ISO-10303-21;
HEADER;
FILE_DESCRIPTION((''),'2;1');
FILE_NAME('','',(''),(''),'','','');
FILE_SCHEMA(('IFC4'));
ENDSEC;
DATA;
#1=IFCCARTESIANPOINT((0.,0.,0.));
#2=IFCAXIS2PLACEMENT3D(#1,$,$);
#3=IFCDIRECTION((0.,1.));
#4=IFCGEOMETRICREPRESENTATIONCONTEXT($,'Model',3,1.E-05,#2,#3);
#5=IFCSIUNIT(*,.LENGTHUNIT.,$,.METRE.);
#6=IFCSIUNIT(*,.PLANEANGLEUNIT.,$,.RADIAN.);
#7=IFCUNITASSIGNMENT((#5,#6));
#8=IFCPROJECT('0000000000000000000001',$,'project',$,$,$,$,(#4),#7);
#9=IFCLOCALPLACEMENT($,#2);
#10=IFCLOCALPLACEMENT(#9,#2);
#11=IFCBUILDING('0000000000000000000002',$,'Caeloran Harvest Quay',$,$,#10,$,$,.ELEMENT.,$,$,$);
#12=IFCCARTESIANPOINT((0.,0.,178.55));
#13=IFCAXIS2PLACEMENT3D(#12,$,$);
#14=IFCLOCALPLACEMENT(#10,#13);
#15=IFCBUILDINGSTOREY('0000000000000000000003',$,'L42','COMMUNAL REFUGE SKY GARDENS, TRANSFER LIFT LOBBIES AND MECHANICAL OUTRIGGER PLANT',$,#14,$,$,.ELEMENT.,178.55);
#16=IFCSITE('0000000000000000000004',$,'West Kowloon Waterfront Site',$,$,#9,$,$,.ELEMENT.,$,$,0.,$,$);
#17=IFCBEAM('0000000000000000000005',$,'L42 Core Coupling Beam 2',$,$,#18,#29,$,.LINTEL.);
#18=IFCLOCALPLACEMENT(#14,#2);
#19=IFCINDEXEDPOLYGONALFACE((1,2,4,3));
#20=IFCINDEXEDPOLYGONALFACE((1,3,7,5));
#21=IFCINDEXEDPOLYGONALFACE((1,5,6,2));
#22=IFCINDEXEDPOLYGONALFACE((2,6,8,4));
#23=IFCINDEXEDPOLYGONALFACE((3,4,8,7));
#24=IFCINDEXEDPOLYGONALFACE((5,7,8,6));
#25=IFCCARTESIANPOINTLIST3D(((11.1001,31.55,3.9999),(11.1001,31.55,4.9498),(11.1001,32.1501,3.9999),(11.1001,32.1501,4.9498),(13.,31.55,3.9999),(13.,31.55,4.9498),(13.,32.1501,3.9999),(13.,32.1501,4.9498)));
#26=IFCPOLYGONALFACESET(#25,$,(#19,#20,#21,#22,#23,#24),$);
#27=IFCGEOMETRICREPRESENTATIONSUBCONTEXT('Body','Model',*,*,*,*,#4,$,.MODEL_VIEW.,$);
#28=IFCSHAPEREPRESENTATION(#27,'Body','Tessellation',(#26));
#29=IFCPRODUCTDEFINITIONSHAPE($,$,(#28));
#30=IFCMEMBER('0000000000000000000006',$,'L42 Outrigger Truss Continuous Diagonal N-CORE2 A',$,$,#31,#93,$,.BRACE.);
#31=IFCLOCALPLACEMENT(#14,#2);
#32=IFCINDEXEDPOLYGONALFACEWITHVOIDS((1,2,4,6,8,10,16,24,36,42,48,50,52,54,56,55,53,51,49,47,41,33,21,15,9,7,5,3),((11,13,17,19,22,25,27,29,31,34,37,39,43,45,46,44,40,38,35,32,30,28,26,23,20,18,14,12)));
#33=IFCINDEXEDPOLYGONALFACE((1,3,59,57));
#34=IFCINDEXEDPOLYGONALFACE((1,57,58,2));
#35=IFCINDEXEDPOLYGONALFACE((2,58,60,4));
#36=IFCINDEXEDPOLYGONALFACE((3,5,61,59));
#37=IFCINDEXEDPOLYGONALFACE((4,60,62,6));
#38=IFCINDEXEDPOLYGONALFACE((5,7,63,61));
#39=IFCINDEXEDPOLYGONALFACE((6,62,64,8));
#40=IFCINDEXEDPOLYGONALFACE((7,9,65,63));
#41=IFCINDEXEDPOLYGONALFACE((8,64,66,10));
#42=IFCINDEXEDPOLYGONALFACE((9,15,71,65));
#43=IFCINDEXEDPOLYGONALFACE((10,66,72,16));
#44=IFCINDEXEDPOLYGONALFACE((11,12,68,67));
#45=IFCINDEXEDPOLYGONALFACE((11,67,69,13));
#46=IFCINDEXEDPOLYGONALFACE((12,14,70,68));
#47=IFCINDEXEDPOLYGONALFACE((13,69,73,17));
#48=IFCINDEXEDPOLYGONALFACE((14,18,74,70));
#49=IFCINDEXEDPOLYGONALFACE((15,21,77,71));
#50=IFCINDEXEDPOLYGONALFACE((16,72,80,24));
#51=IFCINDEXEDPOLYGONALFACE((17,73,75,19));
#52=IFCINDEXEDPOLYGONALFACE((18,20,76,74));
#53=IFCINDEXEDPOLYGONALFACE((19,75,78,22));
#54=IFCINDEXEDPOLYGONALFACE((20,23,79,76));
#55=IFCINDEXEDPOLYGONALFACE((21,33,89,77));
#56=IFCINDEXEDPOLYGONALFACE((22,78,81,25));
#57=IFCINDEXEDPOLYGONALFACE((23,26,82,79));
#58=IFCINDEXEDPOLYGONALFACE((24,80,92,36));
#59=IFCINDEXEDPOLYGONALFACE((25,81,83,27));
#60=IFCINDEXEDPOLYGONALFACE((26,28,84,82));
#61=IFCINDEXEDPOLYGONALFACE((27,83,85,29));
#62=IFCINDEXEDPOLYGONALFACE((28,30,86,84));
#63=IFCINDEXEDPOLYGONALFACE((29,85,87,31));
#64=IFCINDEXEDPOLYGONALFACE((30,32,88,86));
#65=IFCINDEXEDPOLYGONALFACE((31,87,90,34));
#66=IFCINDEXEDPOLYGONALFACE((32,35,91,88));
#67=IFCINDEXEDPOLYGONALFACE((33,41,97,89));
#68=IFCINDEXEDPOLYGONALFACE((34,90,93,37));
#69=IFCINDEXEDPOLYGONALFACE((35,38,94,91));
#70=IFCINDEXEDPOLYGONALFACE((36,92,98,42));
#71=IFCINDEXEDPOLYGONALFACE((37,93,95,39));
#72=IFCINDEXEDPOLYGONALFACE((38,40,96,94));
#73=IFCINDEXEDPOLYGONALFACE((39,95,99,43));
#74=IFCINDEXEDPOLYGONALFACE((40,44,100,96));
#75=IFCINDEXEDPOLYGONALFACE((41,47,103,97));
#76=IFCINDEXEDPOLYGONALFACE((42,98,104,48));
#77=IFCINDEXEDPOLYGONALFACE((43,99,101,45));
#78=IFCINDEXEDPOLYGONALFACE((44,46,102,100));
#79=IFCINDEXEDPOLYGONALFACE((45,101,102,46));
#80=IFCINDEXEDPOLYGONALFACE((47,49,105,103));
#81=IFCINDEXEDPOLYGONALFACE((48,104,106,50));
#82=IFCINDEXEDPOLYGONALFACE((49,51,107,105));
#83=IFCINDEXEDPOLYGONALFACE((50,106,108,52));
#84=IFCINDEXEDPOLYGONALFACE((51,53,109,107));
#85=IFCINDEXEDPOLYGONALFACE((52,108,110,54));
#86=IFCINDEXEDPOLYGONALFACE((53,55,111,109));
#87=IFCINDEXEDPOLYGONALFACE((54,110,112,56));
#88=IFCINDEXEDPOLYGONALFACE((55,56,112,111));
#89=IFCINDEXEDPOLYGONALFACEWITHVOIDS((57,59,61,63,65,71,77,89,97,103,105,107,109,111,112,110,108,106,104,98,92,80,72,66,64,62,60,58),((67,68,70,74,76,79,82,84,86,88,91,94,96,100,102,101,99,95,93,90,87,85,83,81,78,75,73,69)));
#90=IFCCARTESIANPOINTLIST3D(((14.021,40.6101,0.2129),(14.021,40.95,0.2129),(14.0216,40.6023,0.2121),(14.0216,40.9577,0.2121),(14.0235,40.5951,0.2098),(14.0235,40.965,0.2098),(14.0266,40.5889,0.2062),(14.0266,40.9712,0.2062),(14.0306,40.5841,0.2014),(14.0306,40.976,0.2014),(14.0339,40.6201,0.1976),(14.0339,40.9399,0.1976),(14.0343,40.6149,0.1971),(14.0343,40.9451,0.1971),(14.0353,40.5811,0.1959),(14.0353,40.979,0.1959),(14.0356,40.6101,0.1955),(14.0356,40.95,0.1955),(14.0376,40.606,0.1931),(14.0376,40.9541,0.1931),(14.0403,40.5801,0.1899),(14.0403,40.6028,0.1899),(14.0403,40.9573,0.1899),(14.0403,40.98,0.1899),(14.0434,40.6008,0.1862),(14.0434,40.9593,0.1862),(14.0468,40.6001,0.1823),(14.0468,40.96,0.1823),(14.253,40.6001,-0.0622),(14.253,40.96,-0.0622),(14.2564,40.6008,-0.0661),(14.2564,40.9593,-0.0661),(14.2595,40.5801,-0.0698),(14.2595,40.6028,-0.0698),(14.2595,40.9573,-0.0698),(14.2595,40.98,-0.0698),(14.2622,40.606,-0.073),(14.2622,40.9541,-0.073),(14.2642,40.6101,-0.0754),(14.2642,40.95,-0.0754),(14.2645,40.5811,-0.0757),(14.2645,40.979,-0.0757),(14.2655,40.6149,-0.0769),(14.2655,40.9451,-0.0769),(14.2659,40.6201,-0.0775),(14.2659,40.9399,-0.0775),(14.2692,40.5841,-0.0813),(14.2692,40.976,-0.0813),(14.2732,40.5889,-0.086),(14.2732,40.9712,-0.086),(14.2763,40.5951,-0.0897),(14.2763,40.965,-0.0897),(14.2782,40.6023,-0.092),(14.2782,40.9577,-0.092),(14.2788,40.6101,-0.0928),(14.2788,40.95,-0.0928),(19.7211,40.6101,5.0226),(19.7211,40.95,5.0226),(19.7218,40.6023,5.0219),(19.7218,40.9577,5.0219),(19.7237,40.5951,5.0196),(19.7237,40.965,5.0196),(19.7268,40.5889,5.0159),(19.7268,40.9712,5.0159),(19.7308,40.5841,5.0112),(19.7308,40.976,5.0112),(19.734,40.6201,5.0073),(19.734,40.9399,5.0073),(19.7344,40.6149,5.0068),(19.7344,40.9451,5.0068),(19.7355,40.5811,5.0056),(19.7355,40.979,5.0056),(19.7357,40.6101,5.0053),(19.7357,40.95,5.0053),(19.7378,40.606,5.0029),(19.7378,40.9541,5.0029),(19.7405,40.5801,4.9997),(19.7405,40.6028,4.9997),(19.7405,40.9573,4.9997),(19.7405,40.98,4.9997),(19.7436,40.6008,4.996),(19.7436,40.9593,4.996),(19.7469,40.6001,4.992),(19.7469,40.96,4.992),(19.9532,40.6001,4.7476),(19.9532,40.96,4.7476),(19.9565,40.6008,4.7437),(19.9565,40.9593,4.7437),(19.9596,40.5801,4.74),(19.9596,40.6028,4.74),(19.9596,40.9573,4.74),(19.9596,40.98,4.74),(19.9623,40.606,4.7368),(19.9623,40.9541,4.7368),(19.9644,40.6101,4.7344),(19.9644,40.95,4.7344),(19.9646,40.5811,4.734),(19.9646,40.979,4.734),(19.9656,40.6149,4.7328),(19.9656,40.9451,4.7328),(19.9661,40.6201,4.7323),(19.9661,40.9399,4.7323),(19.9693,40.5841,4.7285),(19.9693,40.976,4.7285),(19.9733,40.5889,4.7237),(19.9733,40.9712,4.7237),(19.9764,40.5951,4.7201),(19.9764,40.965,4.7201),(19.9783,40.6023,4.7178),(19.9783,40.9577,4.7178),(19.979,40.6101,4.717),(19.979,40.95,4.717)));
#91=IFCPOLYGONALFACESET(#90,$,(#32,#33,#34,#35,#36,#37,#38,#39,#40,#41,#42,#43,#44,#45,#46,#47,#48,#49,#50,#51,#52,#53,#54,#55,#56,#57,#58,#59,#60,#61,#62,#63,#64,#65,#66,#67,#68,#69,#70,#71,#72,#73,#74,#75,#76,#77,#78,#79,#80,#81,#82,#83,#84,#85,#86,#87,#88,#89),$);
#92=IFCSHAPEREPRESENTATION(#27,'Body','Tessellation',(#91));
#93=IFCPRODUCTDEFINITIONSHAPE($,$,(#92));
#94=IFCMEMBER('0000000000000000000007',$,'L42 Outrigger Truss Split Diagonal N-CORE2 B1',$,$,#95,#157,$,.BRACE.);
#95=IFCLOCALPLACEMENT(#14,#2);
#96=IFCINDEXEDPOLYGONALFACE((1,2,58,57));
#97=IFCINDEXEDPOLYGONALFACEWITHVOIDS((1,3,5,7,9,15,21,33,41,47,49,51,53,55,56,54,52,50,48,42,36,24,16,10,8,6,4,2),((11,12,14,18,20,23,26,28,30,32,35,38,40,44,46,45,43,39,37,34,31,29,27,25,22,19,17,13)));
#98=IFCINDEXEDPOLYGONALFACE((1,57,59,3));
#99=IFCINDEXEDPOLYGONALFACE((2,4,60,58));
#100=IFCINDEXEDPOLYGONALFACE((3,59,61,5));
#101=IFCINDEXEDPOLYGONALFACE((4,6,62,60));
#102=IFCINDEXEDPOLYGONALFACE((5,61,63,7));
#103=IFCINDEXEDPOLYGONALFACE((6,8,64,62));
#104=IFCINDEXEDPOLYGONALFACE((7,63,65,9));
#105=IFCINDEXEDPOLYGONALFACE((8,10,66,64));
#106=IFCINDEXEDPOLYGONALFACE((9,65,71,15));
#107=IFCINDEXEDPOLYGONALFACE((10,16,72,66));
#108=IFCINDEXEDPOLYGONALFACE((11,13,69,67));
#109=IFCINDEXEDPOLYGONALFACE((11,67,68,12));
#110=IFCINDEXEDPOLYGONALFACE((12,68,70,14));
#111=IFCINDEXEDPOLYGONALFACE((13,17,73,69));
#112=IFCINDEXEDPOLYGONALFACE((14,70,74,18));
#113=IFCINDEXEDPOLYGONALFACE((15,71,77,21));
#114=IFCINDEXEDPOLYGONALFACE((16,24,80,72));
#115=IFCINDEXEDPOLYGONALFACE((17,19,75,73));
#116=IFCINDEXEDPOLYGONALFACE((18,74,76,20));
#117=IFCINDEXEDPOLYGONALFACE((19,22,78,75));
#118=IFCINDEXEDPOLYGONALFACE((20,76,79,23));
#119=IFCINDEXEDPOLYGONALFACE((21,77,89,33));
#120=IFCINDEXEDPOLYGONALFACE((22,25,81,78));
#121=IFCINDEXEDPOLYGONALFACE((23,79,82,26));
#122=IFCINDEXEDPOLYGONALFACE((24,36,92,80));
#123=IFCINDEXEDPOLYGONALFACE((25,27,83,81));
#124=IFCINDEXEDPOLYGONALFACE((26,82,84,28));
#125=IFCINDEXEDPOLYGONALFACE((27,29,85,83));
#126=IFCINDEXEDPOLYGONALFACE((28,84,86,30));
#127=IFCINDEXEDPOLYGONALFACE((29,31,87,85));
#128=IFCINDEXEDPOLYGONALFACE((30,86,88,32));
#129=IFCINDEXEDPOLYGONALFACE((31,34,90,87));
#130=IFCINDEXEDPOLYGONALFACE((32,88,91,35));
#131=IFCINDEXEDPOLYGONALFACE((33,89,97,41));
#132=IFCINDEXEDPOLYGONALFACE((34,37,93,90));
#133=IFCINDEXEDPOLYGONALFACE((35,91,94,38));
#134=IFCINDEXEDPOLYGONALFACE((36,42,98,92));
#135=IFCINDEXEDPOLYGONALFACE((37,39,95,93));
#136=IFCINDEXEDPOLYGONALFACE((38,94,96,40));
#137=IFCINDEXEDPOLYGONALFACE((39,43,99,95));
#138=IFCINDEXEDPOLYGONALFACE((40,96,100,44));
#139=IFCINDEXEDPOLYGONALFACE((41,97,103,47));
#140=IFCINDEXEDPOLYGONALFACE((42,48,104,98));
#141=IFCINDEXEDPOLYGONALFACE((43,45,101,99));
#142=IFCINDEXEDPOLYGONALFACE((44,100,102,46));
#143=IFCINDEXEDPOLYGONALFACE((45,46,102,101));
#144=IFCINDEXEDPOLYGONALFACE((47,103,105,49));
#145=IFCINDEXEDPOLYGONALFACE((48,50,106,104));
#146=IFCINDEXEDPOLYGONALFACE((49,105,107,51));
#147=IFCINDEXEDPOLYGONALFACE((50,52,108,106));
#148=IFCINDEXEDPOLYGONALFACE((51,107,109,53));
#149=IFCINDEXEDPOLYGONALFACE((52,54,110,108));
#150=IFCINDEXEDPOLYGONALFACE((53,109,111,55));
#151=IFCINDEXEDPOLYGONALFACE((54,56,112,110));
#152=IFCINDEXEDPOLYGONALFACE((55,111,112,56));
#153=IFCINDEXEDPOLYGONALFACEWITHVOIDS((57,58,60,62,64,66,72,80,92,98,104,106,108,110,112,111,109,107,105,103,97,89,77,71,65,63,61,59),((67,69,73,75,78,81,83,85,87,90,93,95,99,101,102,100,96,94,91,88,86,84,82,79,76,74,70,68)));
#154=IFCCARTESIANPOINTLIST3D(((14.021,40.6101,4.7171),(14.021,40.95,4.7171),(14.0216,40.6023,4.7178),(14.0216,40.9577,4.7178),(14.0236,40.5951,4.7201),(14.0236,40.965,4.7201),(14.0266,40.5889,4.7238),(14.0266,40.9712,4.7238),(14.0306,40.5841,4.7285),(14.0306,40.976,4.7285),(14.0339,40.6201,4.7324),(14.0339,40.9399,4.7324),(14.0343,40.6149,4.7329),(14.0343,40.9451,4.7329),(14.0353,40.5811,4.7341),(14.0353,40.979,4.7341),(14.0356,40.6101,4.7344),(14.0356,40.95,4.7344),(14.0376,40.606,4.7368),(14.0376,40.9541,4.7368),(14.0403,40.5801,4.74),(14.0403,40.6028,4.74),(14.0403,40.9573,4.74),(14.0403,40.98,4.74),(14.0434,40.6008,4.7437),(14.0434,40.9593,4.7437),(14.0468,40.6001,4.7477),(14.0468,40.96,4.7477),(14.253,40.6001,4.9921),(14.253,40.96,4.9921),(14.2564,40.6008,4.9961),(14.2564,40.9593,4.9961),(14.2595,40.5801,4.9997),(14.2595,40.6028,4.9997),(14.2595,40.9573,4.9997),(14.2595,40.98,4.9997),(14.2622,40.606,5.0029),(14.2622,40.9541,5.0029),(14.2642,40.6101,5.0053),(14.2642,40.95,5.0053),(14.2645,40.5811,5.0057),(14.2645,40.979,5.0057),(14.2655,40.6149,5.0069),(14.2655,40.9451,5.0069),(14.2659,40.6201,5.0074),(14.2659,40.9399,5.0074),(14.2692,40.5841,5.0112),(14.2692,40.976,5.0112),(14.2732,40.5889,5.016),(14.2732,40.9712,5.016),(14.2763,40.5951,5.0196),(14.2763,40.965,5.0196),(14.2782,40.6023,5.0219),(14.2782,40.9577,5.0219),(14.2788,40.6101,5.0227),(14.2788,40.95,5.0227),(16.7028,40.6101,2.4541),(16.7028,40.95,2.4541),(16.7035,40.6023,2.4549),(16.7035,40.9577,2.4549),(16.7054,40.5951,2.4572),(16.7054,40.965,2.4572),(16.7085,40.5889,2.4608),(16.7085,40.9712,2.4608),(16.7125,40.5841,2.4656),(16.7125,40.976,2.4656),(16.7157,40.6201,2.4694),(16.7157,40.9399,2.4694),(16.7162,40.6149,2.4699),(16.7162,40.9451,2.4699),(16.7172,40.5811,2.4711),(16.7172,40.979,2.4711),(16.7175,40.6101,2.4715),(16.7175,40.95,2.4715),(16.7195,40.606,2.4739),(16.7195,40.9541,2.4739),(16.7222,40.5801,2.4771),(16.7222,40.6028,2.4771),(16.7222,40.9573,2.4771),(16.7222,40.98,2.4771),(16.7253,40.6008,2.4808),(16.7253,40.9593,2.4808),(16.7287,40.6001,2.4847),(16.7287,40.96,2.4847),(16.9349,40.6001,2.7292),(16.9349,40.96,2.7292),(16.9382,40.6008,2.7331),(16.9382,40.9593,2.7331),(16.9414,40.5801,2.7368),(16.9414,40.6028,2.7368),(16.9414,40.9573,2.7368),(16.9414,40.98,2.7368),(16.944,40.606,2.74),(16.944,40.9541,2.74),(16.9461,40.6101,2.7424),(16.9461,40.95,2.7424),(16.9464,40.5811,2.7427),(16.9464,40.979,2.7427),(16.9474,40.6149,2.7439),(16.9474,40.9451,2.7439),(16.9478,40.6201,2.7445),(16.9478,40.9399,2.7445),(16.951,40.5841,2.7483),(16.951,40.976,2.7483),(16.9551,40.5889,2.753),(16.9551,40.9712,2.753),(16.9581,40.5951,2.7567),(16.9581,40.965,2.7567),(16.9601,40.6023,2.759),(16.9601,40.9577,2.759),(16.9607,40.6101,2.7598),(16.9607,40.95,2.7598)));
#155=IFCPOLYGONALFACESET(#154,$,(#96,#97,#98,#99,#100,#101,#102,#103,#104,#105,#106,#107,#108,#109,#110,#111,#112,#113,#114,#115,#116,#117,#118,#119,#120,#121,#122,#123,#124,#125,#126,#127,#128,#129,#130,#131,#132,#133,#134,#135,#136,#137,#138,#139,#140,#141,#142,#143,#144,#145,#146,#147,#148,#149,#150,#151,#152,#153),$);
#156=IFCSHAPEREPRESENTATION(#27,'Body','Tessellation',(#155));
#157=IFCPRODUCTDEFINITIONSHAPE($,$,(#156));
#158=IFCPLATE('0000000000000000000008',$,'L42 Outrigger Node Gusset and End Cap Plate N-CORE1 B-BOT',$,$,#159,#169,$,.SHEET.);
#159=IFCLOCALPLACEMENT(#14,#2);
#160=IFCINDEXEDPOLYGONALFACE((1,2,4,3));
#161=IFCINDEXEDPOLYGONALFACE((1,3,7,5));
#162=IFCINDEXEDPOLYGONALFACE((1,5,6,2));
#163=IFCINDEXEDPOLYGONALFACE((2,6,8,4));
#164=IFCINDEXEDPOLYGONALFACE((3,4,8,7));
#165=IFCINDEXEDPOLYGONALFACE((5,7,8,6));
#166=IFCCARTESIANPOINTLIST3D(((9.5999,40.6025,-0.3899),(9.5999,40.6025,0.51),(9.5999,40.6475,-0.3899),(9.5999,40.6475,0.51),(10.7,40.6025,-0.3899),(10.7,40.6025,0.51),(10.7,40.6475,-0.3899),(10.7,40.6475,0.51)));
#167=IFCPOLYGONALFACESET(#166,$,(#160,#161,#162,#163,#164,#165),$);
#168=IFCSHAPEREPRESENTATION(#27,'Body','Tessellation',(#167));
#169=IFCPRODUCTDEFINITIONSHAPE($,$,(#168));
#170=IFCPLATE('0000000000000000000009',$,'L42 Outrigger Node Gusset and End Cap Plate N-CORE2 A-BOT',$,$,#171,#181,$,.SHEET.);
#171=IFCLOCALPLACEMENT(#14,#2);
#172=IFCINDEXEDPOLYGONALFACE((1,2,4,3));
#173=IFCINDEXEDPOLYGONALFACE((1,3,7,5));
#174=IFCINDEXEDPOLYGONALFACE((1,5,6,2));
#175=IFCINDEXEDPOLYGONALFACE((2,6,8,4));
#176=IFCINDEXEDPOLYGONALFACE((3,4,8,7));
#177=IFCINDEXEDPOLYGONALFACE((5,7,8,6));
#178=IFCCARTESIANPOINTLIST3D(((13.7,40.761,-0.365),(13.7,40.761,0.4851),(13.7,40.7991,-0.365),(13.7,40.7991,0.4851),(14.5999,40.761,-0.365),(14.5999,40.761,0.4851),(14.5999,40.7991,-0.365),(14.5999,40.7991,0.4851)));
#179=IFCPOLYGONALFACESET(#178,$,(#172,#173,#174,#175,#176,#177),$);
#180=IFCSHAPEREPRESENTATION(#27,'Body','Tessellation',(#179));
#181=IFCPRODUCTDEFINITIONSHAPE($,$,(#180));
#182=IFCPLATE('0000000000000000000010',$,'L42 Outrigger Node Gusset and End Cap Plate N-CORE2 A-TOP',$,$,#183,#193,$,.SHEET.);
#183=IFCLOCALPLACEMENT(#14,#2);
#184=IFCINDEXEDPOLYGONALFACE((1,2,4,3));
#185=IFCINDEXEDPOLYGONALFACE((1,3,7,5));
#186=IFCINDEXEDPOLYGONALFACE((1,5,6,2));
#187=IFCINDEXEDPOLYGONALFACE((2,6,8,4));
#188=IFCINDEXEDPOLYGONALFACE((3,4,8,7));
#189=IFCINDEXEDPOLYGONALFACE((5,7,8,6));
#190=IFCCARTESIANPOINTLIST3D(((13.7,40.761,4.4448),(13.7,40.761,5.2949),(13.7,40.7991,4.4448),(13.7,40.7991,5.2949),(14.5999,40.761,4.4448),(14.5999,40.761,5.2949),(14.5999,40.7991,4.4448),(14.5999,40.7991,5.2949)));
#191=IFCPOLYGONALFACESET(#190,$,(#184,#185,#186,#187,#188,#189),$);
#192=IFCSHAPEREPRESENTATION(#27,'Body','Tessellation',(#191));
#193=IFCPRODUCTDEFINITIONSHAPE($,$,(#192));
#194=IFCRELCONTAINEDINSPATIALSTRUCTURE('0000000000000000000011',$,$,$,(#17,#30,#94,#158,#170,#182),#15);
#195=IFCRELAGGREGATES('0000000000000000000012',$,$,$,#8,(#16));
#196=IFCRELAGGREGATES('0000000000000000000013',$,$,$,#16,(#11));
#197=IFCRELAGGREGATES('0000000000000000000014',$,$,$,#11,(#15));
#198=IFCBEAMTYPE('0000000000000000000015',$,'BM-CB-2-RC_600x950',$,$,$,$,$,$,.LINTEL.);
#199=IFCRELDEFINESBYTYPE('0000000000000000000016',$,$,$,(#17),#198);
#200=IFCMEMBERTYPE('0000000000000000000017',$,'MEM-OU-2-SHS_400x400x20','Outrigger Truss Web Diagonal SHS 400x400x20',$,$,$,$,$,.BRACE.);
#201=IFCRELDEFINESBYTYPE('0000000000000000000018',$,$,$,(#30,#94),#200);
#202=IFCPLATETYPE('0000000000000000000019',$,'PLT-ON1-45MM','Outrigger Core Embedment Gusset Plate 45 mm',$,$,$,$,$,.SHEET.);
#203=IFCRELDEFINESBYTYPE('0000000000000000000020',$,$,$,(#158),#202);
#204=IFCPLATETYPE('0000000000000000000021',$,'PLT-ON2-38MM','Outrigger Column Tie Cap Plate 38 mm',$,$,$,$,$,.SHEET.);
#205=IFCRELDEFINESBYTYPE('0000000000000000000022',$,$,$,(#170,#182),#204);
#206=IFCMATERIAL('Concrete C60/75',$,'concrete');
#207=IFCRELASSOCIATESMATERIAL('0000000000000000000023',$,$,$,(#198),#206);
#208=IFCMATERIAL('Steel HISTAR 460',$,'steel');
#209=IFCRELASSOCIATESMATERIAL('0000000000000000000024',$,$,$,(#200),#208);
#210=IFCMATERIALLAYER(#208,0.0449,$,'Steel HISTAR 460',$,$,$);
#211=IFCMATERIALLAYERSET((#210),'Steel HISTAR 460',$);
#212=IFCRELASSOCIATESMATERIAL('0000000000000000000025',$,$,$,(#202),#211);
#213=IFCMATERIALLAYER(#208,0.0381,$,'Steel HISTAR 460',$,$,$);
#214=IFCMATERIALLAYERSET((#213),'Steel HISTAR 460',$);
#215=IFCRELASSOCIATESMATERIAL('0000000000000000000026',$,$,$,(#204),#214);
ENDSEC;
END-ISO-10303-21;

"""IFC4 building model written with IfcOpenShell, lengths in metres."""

from ifc_helpers import new_model, si_unit, direction, frame, origin, origin_2d, place, context, subcontext, project, spatial, rectangle, hollow_rectangle, extrude, material, layer, layer_set, material_profile, profile_set, type_object, element, save


model = new_model("IFC4")

# Units and contexts
model_context = context("Model", 3, precision=1e-05, world=origin(), true_north=direction((0.0, 1.0)))
body_context = subcontext(model_context, "Body", "Model", "MODEL_VIEW")
ifc_project = project(units=[si_unit("LENGTHUNIT", "METRE"), si_unit("PLANEANGLEUNIT", "RADIAN")], contexts=[model_context])

# Site, building, storey
site_placement = place(None, origin())
site = spatial("IfcSite", under=ifc_project, at=site_placement, Name="West Kowloon Waterfront Site", CompositionType="ELEMENT", RefElevation=0.0)
building_placement = place(site_placement, origin())
building = spatial("IfcBuilding", under=site, at=building_placement, Name="Caeloran Harvest Quay", CompositionType="ELEMENT")
storey_placement = place(building_placement, frame((0.0, 0.0, 178.55)))
storey = spatial("IfcBuildingStorey", under=building, at=storey_placement, Name="L42", Description="COMMUNAL REFUGE SKY GARDENS, TRANSFER LIFT LOBBIES AND MECHANICAL OUTRIGGER PLANT", CompositionType="ELEMENT", Elevation=178.55)

# Beam
ifc_material_1 = material(Name="Concrete C60/75", Category="concrete")
ifc_material_profile_1 = material_profile(ifc_material_1, rectangle(XDim=0.6001, YDim=0.95, at=origin_2d()), Name="RC 600x950")
ifc_profile_set_1 = profile_set([ifc_material_profile_1], Name="Concrete C60/75")
beam_type = type_object("IfcBeamType", Name="BM-CB-2-RC_600x950", PredefinedType="LINTEL", material=ifc_profile_set_1)
beam_placement = place(storey_placement, frame((11.1001, 31.8501, 4.4749), z_axis=(1.0, 0.0, 0.0), x_axis=(0.0, 1.0, 0.0)))
element("IfcBeam", 1, at=beam_placement, inside=storey, type_object=beam_type, Name="L42 Core Coupling Beam 2", PredefinedType="LINTEL", context=body_context, shape_type="SweptSolid", body=[
    extrude(rectangle(XDim=0.6001, YDim=0.95, at=origin_2d()), origin(), (0.0, 0.0, 1.0), 1.8999),
])

# Members
ifc_material_2 = material(Name="Steel HISTAR 460", Category="steel")
ifc_material_profile_2 = material_profile(ifc_material_2, hollow_rectangle(XDim=0.3999, YDim=0.3999, WallThickness=0.02, InnerFilletRadius=0.02, OuterFilletRadius=0.03, at=origin_2d()), Name="SHS 400x400x20")
ifc_profile_set_2 = profile_set([ifc_material_profile_2], Name="Steel HISTAR 460")
member_type = type_object("IfcMemberType", Name="MEM-OU-2-SHS_400x400x20", Description="Outrigger Truss Web Diagonal SHS 400x400x20", PredefinedType="BRACE", material=ifc_profile_set_2)
member_1_placement = place(storey_placement, frame((14.1499, 40.78, 0.0601), z_axis=(0.764273, 0.0, 0.644892), x_axis=(0.0, 1.0, 0.0)))
element("IfcMember", 2, at=member_1_placement, inside=storey, type_object=member_type, Name="L42 Outrigger Truss Continuous Diagonal N-CORE2 A", PredefinedType="BRACE", context=body_context, shape_type="SweptSolid", body=[
    extrude(hollow_rectangle(XDim=0.3999, YDim=0.3999, WallThickness=0.02, InnerFilletRadius=0.02, OuterFilletRadius=0.03, at=origin_2d()), origin(), (0.0, 0.0, 1.0), 7.4583),
])
member_2_placement = place(storey_placement, frame((14.1499, 40.78, 4.8699), z_axis=(0.764278, 0.0, -0.644887), x_axis=(0.0, 1.0, 0.0)))
element("IfcMember", 3, at=member_2_placement, inside=storey, type_object=member_type, Name="L42 Outrigger Truss Split Diagonal N-CORE2 B1", PredefinedType="BRACE", context=body_context, shape_type="SweptSolid", body=[
    extrude(hollow_rectangle(XDim=0.3999, YDim=0.3999, WallThickness=0.02, InnerFilletRadius=0.02, OuterFilletRadius=0.03, at=origin_2d()), origin(), (0.0, 0.0, 1.0), 3.509),
])

# Plates
ifc_layer_1 = layer(ifc_material_2, 0.0449, Name="Steel HISTAR 460")
ifc_layer_set_1 = layer_set([ifc_layer_1], Name="Steel HISTAR 460")
plate_type_1 = type_object("IfcPlateType", Name="PLT-ON1-45MM", Description="Outrigger Core Embedment Gusset Plate 45 mm", PredefinedType="SHEET", material=ifc_layer_set_1)
plate_placement = place(storey_placement, frame((10.1499, 40.625, -0.3899), z_axis=(0.0, 0.0, 1.0), x_axis=(1.0, 0.0, 0.0)))
element("IfcPlate", 4, at=plate_placement, inside=storey, type_object=plate_type_1, Name="L42 Outrigger Node Gusset and End Cap Plate N-CORE1 B-BOT", PredefinedType="SHEET", context=body_context, shape_type="SweptSolid", body=[
    extrude(rectangle(XDim=1.1001, YDim=0.0449, at=origin_2d()), origin(), (0.0, 0.0, 1.0), 0.8999),
])
ifc_layer_2 = layer(ifc_material_2, 0.0381, Name="Steel HISTAR 460")
ifc_layer_set_2 = layer_set([ifc_layer_2], Name="Steel HISTAR 460")
plate_type_2 = type_object("IfcPlateType", Name="PLT-ON2-38MM", Description="Outrigger Column Tie Cap Plate 38 mm", PredefinedType="SHEET", material=ifc_layer_set_2)
for number, where, z_axis, x_axis, name in (
    (5, (14.1499, 40.78, -0.365), (0.0, 0.0, 1.0), (1.0, 0.0, 0.0), "L42 Outrigger Node Gusset and End Cap Plate N-CORE2 A-BOT"),
    (6, (14.1499, 40.78, 4.4448), (0.0, 0.0, 1.0), (1.0, 0.0, 0.0), "L42 Outrigger Node Gusset and End Cap Plate N-CORE2 A-TOP"),
):
    element("IfcPlate", number, at=place(storey_placement, frame(where, z_axis=z_axis, x_axis=x_axis)), inside=storey, type_object=plate_type_2, Name=name, PredefinedType="SHEET", context=body_context, shape_type="SweptSolid", body=[
        extrude(rectangle(XDim=0.8999, YDim=0.0381, at=origin_2d()), origin(), (0.0, 0.0, 1.0), 0.8501),
    ])

save(model, "model.ifc")
